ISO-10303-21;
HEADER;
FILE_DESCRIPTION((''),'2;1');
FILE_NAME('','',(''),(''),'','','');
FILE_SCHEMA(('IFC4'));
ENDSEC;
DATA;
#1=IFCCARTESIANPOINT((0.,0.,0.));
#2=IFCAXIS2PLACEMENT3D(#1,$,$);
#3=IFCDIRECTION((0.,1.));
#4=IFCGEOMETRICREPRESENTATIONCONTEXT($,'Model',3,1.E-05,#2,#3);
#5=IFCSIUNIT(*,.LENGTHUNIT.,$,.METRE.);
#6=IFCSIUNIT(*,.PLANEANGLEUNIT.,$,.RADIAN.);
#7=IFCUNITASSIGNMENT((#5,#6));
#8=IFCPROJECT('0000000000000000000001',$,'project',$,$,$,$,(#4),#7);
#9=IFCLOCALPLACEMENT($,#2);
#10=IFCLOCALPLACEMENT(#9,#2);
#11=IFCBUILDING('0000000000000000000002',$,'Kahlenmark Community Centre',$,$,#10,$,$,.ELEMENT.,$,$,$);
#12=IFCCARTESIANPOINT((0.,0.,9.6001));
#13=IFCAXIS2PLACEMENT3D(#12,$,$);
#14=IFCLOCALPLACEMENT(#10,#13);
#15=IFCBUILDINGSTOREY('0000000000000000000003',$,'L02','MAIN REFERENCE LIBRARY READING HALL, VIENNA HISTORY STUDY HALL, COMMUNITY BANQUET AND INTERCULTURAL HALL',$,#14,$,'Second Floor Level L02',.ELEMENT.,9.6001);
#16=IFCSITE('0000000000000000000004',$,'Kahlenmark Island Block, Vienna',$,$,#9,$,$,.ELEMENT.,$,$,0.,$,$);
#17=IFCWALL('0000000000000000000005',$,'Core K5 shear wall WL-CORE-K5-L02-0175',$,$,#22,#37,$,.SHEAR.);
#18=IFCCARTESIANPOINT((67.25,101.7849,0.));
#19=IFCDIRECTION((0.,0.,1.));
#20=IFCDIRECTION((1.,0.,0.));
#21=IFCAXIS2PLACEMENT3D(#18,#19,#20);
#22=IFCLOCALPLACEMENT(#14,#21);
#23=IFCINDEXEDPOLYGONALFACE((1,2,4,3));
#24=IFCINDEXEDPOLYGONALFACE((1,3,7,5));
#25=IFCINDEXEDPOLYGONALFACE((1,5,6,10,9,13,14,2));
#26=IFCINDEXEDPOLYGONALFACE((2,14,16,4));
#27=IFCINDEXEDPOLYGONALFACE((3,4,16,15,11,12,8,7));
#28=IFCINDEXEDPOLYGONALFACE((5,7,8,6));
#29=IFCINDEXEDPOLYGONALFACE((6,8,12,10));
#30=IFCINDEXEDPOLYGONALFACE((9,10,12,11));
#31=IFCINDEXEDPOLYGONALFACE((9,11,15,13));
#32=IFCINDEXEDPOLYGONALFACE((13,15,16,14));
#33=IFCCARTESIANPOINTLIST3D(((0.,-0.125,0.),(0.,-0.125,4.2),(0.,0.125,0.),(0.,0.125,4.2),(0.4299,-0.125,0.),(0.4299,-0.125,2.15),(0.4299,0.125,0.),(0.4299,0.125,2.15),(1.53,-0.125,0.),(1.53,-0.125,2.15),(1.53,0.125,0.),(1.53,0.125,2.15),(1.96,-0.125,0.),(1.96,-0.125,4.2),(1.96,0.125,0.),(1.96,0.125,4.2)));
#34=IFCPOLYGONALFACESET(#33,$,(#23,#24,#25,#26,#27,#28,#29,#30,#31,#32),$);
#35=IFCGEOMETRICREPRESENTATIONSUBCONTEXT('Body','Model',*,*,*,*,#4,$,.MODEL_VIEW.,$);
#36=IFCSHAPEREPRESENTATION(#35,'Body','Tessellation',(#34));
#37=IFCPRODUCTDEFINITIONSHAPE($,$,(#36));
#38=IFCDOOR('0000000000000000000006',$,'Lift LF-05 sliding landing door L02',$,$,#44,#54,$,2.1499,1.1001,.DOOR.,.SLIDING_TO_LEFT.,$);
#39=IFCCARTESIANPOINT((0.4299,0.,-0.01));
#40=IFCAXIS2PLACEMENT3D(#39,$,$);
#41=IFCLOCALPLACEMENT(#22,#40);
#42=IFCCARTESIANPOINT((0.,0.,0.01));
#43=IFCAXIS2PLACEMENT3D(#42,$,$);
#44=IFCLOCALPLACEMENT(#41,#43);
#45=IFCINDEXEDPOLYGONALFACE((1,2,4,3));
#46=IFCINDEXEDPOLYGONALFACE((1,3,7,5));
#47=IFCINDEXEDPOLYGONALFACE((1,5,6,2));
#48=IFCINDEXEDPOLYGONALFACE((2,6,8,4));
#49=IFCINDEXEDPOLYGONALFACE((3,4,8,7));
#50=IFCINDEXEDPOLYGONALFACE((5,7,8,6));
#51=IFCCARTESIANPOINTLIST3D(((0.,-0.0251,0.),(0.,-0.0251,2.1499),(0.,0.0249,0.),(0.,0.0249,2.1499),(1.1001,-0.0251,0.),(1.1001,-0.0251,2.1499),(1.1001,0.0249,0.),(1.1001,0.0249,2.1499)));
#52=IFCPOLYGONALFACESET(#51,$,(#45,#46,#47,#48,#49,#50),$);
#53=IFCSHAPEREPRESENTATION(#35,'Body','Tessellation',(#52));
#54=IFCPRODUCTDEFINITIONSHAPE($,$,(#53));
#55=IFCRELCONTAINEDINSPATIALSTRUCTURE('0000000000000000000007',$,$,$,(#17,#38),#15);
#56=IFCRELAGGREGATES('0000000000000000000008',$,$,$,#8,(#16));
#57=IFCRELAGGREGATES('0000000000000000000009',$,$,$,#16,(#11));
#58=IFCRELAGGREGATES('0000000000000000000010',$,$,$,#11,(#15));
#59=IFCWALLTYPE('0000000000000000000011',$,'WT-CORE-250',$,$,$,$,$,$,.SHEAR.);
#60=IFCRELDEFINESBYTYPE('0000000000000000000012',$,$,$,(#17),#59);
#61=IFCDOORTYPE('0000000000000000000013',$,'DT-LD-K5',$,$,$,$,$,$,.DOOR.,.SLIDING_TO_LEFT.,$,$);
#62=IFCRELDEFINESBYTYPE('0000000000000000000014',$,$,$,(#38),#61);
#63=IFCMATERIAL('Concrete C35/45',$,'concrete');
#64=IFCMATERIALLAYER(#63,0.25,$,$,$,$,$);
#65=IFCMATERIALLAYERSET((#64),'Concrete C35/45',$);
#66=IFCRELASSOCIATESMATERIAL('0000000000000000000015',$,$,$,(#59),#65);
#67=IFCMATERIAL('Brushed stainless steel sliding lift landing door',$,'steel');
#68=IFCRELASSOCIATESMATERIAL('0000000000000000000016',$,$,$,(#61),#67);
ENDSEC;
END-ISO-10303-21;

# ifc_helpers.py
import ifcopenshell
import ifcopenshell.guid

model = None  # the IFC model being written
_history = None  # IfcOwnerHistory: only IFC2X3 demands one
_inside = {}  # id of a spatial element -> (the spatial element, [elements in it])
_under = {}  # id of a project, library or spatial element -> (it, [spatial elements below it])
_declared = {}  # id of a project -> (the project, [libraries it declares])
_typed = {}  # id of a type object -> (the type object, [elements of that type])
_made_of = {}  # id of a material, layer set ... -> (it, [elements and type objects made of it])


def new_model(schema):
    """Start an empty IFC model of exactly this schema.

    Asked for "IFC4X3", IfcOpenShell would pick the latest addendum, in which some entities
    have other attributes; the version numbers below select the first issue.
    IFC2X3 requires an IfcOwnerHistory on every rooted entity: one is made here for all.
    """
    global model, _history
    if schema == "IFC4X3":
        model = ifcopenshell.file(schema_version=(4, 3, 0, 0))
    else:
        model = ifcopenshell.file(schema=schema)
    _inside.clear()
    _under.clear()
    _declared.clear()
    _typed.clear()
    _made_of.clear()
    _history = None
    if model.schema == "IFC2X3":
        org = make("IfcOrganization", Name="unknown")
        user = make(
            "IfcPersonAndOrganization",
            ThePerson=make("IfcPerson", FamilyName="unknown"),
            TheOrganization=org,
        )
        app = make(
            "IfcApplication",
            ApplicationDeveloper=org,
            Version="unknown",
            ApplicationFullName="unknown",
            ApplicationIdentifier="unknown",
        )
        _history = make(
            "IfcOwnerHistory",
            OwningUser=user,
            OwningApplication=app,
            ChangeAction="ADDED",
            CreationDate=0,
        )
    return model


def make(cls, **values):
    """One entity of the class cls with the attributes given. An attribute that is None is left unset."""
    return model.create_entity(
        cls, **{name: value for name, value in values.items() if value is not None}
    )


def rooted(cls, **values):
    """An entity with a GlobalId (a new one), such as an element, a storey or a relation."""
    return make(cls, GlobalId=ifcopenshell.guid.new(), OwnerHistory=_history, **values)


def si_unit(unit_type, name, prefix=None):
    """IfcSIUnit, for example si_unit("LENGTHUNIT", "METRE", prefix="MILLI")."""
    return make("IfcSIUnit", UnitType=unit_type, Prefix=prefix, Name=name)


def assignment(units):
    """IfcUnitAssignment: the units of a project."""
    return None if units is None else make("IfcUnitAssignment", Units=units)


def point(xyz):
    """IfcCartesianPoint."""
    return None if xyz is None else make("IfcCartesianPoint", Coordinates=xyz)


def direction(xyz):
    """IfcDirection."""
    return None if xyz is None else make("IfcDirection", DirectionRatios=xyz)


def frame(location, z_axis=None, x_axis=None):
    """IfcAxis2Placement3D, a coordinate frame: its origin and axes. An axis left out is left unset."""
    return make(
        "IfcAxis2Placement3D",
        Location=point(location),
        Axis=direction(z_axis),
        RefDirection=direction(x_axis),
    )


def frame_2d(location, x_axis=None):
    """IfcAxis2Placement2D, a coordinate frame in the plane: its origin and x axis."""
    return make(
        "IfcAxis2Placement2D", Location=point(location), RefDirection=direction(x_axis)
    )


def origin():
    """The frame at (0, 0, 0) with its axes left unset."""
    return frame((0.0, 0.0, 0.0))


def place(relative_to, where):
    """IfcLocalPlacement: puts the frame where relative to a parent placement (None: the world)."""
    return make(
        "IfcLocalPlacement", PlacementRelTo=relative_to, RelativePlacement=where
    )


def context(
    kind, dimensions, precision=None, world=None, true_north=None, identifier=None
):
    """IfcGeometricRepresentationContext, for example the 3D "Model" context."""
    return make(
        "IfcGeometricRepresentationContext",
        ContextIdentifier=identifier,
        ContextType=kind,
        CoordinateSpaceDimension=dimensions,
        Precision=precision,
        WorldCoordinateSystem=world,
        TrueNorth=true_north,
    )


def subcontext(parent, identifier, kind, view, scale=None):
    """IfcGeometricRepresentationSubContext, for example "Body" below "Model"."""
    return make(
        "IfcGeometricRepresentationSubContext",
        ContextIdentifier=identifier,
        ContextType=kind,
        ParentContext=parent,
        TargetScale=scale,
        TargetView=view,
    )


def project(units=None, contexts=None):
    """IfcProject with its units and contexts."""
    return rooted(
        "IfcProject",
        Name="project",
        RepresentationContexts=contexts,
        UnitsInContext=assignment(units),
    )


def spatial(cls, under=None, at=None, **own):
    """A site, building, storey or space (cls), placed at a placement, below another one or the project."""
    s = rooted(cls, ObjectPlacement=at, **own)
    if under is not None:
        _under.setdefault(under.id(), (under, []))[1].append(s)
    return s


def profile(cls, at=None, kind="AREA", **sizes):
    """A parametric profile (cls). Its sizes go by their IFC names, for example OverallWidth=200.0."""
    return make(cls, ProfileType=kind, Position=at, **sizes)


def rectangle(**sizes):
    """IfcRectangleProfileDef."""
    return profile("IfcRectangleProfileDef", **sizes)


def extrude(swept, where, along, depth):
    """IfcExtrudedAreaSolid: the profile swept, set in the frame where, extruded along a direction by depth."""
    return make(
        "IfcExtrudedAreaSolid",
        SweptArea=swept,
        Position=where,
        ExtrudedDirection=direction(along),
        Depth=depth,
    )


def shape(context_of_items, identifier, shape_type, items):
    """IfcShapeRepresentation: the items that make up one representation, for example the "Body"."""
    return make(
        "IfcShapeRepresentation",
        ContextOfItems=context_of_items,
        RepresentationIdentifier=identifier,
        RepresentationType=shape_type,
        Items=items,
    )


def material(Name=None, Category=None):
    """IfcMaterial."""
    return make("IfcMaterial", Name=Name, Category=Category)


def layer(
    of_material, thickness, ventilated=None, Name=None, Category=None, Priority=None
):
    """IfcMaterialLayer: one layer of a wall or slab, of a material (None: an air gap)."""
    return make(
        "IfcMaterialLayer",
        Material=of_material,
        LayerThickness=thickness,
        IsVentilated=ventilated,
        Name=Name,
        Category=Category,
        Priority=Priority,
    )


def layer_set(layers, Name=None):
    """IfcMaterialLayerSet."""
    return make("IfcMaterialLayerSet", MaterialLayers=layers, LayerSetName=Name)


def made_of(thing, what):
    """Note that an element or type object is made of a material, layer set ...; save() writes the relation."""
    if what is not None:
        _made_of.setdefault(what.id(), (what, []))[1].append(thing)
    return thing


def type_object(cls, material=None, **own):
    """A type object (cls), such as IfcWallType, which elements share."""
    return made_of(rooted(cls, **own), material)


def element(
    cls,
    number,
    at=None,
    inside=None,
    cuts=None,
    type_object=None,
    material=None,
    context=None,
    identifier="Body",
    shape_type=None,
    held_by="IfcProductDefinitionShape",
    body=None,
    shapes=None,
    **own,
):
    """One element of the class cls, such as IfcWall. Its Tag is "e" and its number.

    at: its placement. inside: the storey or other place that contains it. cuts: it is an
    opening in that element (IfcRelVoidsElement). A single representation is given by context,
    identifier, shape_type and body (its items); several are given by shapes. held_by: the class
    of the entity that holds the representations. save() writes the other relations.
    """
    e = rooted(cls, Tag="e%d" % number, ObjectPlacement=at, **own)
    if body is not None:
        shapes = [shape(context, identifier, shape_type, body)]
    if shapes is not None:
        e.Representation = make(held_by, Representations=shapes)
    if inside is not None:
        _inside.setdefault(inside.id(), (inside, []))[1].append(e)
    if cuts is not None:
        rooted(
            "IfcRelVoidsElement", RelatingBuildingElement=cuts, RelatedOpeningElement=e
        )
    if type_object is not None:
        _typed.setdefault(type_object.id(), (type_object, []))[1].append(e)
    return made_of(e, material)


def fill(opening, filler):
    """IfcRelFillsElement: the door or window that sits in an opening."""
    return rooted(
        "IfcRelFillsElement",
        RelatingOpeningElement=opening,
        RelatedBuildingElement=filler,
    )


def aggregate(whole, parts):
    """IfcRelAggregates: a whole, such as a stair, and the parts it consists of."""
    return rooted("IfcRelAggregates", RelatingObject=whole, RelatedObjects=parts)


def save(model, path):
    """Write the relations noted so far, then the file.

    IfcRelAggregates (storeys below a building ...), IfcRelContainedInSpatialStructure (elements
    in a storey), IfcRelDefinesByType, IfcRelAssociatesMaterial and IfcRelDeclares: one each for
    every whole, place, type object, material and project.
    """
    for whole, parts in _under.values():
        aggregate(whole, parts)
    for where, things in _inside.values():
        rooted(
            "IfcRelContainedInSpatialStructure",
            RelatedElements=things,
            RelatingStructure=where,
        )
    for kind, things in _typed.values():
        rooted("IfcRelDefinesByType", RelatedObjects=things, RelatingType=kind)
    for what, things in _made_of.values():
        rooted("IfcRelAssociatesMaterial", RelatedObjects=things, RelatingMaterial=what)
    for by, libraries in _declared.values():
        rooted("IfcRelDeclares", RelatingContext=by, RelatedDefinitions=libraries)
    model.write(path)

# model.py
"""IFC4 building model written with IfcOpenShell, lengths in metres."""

from ifc_helpers import new_model, si_unit, direction, frame, frame_2d, origin, place, context, subcontext, project, spatial, rectangle, extrude, material, layer, layer_set, type_object, element, fill, save


model = new_model("IFC4")

# Units and contexts
model_context = context("Model", 3, precision=1e-05, world=origin(), true_north=direction((0.0, 1.0)))
body_context = subcontext(model_context, "Body", "Model", "MODEL_VIEW")
ifc_project = project(units=[si_unit("LENGTHUNIT", "METRE"), si_unit("PLANEANGLEUNIT", "RADIAN")], contexts=[model_context])

# Site, building, storey
site_placement = place(None, origin())
site = spatial("IfcSite", under=ifc_project, at=site_placement, Name="Kahlenmark Island Block, Vienna", CompositionType="ELEMENT", RefElevation=0.0)
building_placement = place(site_placement, origin())
building = spatial("IfcBuilding", under=site, at=building_placement, Name="Kahlenmark Community Centre", CompositionType="ELEMENT")
storey_placement = place(building_placement, frame((0.0, 0.0, 9.6001)))
storey = spatial("IfcBuildingStorey", under=building, at=storey_placement, Name="L02", Description="MAIN REFERENCE LIBRARY READING HALL, VIENNA HISTORY STUDY HALL, COMMUNITY BANQUET AND INTERCULTURAL HALL", LongName="Second Floor Level L02", CompositionType="ELEMENT", Elevation=9.6001)

# Shared definitions
ifc_material_1 = material(Name="Concrete C35/45", Category="concrete")
ifc_layer_1 = layer(ifc_material_1, 0.25)
ifc_layer_set_1 = layer_set([ifc_layer_1], Name="Concrete C35/45")
wall_type_1 = type_object("IfcWallType", Name="WT-CORE-250", PredefinedType="SHEAR", material=ifc_layer_set_1)

# Wall, opening, door
wall_1_placement = place(storey_placement, frame((67.25, 101.7849, 0.0), z_axis=(0.0, 0.0, 1.0), x_axis=(1.0, 0.0, 0.0)))
wall_1 = element("IfcWall", 1, at=wall_1_placement, inside=storey, type_object=wall_type_1, Name="Core K5 shear wall WL-CORE-K5-L02-0175", PredefinedType="SHEAR", context=body_context, shape_type="SweptSolid", body=[
    extrude(rectangle(XDim=1.96, YDim=0.25, at=frame_2d((0.98, 0.0))), origin(), (0.0, 0.0, 1.0), 4.2),
])
opening_1_placement = place(wall_1_placement, frame((0.4299, 0.0, -0.01)))
opening_1 = element("IfcOpeningElement", 2, at=opening_1_placement, cuts=wall_1, PredefinedType="OPENING", context=body_context, shape_type="SweptSolid", body=[
    extrude(rectangle(XDim=1.1001, YDim=2.1599, at=frame_2d((0.55, 1.0801))), frame((0.0, 0.135, 0.0), z_axis=(0.0, -1.0, 0.0), x_axis=(1.0, 0.0, 0.0)), (0.0, 0.0, 1.0), 0.27),
])
ifc_material_2 = material(Name="Brushed stainless steel sliding lift landing door", Category="steel")
door_type = type_object("IfcDoorType", Name="DT-LD-K5", OperationType="SLIDING_TO_LEFT", PredefinedType="DOOR", material=ifc_material_2)
door_placement = place(opening_1_placement, frame((0.0, 0.0, 0.01)))
door = element("IfcDoor", 3, at=door_placement, inside=storey, type_object=door_type, Name="Lift LF-05 sliding landing door L02", OperationType="SLIDING_TO_LEFT", OverallHeight=2.1499, OverallWidth=1.1001, PredefinedType="DOOR", context=body_context, shape_type="SweptSolid", body=[
    extrude(rectangle(XDim=1.1001, YDim=2.1499, at=frame_2d((0.55, 1.075))), frame((0.0, 0.0249, 0.0), z_axis=(0.0, -1.0, 0.0), x_axis=(1.0, 0.0, 0.0)), (0.0, 0.0, 1.0), 0.05),
])
fill(opening_1, door)

save(model, "model.ifc")
